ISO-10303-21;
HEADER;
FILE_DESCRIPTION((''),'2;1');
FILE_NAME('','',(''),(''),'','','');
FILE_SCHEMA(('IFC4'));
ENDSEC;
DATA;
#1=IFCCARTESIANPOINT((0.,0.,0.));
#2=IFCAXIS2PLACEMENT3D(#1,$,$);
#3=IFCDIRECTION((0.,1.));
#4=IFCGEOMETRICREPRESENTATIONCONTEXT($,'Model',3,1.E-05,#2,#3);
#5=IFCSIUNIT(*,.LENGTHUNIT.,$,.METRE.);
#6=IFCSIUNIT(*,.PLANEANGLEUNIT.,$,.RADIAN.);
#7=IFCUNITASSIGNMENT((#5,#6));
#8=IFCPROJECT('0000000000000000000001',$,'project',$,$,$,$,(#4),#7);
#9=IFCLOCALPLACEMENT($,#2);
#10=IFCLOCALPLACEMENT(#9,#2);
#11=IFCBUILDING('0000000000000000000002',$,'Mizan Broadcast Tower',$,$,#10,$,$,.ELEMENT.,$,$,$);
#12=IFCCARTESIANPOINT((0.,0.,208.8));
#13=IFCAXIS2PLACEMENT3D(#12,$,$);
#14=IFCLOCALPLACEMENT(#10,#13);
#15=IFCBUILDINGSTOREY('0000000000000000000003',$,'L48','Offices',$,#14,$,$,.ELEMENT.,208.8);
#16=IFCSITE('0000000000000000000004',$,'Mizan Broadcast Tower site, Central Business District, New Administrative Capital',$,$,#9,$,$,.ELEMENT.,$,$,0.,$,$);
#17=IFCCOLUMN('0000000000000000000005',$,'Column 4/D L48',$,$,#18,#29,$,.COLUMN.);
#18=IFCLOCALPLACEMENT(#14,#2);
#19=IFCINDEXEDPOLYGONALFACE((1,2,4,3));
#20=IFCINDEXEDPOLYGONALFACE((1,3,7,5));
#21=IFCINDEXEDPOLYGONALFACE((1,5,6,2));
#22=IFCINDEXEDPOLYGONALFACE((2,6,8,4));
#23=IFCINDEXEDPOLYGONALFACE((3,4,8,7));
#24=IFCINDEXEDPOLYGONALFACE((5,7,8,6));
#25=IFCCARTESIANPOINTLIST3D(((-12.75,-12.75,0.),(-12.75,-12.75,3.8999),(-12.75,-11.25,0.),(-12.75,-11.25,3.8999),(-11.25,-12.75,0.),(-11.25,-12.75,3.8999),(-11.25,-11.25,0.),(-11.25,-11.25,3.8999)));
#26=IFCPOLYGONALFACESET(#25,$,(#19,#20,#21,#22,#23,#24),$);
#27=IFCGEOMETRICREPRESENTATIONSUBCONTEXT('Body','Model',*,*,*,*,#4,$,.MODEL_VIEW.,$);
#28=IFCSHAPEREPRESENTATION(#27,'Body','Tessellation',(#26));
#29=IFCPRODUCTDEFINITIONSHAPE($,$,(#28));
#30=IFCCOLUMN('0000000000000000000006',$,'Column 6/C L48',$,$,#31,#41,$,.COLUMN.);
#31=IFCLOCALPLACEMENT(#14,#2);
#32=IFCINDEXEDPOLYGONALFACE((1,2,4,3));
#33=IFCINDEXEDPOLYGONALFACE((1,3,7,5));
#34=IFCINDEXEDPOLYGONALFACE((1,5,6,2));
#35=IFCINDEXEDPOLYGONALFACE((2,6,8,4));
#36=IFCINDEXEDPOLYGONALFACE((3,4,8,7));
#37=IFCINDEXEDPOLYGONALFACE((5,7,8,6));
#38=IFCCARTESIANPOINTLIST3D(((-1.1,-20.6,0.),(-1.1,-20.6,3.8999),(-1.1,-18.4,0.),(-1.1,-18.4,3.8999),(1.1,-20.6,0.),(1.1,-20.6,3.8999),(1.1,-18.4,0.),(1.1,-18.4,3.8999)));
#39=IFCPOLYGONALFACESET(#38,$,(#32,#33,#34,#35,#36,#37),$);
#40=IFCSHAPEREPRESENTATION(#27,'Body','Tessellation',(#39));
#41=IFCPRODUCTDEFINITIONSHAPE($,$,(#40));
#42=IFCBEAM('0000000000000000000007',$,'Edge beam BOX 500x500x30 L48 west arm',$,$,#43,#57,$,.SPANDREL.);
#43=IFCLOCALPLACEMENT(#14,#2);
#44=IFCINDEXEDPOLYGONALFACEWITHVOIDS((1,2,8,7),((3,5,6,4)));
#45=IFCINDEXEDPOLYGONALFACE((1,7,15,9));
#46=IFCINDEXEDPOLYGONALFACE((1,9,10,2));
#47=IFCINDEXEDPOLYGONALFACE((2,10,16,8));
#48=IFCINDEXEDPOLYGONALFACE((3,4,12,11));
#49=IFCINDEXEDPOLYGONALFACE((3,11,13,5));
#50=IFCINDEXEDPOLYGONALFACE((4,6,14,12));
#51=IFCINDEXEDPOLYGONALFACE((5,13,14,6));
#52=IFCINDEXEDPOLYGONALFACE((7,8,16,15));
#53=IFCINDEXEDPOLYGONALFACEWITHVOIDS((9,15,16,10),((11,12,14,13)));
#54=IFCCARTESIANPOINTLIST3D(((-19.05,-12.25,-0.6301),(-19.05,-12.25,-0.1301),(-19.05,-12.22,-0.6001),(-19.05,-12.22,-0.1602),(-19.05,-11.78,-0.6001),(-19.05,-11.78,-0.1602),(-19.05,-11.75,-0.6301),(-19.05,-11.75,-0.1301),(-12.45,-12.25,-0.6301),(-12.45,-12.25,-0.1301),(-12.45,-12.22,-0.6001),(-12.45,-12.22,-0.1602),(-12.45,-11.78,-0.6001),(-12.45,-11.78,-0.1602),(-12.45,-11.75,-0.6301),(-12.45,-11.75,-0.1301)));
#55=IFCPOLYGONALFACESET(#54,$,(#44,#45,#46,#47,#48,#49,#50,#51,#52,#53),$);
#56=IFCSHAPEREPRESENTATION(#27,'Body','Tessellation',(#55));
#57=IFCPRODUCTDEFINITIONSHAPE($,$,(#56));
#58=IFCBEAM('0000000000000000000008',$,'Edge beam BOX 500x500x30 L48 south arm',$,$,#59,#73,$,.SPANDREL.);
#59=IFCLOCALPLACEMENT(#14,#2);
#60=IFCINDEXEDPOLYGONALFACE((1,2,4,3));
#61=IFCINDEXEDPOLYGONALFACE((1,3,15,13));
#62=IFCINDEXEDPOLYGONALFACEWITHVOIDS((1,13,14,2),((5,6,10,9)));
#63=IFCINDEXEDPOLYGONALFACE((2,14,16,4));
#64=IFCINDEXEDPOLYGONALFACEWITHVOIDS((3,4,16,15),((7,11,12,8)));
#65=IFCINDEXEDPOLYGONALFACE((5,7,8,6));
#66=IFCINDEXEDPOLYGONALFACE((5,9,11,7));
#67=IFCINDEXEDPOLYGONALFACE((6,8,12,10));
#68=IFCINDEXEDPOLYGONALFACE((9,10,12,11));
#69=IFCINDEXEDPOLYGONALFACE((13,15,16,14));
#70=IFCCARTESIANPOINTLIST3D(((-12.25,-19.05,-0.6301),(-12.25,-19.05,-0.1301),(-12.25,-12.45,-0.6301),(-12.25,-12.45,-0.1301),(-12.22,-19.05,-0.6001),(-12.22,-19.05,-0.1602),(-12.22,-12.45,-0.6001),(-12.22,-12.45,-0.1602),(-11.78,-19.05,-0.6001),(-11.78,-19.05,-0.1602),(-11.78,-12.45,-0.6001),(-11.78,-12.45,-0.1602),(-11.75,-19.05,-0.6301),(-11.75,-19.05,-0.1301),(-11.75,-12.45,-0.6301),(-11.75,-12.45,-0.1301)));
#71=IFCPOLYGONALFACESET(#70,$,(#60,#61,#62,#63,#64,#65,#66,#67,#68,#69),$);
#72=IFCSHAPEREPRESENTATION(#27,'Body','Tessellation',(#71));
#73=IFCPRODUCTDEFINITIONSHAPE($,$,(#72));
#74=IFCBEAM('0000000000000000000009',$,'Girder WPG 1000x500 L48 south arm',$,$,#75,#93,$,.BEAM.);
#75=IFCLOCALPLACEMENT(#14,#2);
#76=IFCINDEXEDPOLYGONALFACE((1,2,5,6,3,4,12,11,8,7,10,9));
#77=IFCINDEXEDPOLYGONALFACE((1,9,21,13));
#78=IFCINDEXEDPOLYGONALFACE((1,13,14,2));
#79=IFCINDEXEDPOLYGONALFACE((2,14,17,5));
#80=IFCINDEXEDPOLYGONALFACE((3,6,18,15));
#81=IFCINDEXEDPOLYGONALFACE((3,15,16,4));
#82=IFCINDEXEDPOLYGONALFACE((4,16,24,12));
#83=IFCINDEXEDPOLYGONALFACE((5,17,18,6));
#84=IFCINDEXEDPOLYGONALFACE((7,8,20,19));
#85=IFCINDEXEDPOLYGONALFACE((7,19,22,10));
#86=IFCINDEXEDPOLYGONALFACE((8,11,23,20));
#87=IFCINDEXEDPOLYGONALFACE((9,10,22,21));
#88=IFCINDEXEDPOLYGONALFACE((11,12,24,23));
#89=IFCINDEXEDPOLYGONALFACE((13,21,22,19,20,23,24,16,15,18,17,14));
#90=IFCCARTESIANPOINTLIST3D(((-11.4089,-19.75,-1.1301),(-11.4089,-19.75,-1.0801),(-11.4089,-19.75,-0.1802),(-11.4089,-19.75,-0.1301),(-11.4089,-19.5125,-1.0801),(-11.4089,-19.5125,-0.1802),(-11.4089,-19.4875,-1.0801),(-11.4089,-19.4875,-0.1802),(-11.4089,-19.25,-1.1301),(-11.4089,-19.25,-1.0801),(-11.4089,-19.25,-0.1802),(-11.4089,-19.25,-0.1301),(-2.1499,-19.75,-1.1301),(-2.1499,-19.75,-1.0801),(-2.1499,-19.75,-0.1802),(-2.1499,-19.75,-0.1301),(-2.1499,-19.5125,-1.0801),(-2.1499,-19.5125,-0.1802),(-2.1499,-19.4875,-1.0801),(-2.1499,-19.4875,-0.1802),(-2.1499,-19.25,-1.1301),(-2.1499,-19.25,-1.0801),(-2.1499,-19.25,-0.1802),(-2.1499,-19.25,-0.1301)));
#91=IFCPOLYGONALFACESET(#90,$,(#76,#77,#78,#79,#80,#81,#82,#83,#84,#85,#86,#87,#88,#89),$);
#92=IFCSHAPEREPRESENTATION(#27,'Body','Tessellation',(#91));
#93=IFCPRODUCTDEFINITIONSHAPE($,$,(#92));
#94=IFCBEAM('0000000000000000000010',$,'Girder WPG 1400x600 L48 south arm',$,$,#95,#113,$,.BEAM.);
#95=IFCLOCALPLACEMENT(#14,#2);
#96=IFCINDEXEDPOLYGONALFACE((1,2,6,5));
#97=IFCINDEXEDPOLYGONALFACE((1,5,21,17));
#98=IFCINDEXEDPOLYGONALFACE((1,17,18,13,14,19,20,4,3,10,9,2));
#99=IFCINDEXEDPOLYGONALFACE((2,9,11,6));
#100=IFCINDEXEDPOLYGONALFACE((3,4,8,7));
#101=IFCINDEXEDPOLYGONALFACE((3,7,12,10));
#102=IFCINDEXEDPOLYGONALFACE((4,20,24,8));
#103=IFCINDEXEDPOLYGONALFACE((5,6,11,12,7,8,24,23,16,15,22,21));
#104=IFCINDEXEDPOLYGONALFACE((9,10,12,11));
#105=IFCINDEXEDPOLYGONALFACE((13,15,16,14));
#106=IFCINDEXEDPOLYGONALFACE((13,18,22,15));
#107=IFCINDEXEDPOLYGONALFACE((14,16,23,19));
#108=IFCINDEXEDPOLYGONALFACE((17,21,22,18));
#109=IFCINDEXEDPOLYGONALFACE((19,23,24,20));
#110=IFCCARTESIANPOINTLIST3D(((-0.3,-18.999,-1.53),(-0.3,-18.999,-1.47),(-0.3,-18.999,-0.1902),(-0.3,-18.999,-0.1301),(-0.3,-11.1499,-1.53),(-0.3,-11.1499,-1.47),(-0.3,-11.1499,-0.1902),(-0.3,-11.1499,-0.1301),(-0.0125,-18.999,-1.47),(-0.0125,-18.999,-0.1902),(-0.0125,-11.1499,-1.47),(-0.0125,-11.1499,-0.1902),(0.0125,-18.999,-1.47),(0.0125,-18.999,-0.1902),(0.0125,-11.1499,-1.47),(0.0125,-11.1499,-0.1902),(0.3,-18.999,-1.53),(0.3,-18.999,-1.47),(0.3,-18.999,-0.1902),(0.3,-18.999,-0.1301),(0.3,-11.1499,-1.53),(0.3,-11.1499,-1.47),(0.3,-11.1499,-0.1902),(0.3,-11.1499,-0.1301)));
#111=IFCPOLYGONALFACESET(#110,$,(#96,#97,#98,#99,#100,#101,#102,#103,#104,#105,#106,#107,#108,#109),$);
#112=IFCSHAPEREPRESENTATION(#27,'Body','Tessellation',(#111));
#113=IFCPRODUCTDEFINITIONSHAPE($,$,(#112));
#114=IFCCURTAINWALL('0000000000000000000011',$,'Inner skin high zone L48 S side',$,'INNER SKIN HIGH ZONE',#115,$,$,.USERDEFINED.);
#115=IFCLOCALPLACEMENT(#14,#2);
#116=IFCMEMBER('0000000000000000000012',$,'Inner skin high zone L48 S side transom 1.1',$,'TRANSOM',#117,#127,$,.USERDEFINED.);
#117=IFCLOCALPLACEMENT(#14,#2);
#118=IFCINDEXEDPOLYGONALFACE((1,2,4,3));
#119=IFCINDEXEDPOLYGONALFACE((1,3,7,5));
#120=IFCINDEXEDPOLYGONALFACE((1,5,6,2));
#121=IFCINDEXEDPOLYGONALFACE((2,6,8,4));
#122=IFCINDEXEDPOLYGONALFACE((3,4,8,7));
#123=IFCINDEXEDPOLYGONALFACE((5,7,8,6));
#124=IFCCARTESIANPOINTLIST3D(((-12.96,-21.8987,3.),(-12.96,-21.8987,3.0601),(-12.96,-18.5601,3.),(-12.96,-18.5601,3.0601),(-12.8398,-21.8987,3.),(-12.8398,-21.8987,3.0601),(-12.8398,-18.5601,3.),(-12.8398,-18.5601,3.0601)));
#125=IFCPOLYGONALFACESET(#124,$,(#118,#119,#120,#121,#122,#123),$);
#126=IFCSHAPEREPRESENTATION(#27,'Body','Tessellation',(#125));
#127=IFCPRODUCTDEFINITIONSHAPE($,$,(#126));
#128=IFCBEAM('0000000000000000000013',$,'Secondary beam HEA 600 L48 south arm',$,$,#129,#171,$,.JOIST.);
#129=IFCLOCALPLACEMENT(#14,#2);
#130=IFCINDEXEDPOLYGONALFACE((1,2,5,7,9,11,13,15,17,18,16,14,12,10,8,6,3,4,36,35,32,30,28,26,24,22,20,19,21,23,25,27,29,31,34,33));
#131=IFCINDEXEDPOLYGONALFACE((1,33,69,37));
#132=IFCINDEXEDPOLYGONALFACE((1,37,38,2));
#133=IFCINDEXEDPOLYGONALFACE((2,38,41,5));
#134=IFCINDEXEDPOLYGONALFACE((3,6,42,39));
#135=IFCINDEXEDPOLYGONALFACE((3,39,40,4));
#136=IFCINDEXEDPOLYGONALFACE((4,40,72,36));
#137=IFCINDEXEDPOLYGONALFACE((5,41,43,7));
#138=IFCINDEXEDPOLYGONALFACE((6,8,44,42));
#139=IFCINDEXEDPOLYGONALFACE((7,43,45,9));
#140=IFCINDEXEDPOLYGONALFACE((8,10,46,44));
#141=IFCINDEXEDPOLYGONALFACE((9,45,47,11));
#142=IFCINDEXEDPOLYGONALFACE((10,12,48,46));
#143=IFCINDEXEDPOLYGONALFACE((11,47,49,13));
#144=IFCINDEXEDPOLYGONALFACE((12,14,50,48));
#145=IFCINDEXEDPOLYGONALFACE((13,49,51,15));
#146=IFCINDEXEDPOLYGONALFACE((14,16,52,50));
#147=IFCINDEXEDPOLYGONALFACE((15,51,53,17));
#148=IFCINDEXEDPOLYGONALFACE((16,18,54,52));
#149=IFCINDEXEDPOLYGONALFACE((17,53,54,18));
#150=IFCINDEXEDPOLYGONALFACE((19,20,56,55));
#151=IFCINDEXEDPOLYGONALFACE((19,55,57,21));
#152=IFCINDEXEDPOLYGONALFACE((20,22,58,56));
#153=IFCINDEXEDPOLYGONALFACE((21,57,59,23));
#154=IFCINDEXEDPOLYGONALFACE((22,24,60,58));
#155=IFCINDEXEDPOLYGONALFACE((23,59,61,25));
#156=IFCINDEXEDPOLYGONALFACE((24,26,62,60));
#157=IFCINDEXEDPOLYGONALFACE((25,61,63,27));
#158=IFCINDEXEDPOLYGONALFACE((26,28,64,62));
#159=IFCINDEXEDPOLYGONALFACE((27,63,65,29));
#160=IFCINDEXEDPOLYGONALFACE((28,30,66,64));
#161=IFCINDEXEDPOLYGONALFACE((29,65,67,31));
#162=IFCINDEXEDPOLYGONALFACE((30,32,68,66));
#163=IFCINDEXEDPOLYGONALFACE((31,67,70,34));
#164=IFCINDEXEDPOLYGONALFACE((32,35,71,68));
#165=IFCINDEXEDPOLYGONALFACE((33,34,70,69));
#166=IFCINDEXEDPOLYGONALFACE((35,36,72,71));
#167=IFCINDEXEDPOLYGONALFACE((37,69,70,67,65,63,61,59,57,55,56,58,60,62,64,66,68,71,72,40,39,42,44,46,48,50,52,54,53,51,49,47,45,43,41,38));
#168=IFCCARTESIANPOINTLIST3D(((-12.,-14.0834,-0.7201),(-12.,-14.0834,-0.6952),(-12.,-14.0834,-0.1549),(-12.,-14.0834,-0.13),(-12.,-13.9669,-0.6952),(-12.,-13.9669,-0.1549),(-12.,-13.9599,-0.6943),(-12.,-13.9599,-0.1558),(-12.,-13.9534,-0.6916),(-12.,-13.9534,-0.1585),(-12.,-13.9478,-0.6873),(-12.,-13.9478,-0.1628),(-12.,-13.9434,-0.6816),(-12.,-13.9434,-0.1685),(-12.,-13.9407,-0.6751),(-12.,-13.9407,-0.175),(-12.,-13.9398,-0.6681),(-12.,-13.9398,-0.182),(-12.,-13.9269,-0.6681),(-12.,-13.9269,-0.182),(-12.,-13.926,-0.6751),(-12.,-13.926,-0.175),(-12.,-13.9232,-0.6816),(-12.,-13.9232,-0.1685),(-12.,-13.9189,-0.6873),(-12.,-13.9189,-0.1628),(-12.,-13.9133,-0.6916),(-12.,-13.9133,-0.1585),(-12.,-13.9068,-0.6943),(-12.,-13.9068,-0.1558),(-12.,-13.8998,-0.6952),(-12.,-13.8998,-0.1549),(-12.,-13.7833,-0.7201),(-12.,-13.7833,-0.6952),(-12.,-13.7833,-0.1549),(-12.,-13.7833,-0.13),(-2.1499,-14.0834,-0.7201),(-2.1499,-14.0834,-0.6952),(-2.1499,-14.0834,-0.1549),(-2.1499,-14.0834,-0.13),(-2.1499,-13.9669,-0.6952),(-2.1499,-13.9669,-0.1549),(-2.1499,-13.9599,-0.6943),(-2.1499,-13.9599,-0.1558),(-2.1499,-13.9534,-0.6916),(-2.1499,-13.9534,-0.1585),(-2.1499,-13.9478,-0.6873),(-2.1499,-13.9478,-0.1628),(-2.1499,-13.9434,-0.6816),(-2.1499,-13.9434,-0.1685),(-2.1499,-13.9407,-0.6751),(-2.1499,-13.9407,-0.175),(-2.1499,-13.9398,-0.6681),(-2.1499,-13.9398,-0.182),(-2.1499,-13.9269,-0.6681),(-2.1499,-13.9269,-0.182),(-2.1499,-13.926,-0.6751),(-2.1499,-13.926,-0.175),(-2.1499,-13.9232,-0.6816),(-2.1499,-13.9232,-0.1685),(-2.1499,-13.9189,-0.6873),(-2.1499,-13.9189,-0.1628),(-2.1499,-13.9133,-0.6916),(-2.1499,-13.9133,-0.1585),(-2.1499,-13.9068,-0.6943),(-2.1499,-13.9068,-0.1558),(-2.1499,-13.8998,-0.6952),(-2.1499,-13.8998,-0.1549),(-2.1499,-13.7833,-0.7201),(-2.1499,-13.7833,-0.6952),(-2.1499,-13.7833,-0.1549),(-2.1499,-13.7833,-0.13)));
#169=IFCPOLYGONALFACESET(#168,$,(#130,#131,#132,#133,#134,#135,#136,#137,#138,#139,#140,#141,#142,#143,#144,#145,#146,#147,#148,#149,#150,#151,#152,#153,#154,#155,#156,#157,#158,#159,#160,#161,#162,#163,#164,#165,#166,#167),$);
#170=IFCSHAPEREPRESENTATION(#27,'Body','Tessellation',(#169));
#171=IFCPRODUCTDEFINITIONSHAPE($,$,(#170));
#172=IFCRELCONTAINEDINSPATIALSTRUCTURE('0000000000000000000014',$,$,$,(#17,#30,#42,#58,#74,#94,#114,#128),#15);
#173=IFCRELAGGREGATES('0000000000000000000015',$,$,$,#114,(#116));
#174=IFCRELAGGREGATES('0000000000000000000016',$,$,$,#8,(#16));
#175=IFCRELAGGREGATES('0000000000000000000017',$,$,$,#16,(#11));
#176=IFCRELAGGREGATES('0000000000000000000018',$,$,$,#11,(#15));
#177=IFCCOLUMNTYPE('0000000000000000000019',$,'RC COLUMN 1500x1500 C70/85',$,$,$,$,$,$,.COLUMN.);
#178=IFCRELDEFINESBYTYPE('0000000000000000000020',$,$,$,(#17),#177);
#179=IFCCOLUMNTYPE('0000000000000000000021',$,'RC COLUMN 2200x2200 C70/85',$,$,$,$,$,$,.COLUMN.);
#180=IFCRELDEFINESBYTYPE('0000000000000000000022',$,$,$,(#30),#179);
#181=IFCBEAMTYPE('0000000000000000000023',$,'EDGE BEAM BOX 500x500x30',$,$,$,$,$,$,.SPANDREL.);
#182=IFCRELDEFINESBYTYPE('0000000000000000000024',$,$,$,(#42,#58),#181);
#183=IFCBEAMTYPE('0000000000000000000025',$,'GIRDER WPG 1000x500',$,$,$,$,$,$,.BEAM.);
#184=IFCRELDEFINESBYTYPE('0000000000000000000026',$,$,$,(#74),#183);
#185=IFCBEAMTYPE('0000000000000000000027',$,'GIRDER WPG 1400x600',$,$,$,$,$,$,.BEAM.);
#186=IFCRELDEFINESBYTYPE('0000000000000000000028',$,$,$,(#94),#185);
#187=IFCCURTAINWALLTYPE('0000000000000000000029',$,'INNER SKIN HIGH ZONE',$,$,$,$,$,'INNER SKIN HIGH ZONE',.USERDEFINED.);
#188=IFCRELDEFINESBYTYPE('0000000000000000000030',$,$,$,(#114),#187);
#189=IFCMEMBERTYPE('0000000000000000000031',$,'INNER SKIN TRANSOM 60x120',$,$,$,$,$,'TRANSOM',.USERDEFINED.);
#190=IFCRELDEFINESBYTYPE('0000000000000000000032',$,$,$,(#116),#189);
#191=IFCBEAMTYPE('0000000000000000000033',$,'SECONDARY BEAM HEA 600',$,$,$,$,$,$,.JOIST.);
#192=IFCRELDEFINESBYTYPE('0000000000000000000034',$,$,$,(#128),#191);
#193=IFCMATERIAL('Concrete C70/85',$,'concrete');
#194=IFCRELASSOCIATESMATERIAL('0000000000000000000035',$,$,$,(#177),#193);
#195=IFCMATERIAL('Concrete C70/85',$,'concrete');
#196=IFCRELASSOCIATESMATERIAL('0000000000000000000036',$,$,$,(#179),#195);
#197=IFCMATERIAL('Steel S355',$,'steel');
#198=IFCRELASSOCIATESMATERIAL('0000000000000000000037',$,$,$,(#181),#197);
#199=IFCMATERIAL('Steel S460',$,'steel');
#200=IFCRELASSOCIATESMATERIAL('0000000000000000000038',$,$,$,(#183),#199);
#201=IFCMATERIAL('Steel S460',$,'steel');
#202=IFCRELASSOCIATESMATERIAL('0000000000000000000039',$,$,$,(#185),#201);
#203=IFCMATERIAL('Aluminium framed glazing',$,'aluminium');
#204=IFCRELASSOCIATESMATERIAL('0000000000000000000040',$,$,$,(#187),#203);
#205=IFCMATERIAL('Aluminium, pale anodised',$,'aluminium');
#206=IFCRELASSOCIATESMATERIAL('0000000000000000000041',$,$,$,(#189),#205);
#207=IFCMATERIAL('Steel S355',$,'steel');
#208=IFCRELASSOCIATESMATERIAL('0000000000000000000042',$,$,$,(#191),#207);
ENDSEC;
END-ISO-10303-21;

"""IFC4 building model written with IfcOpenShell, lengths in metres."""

from ifc_helpers import new_model, si_unit, direction, frame, origin, origin_2d, place, context, subcontext, project, spatial, rectangle, hollow_rectangle, i_section, extrude, material, material_profile, profile_set, type_object, element, aggregate, save


model = new_model("IFC4")

# Units and contexts
model_context = context("Model", 3, precision=1e-05, world=origin(), true_north=direction((0.0, 1.0)))
body_context = subcontext(model_context, "Body", "Model", "MODEL_VIEW")
ifc_project = project(units=[si_unit("LENGTHUNIT", "METRE"), si_unit("PLANEANGLEUNIT", "RADIAN")], contexts=[model_context])

# Site, building, storey
site_placement = place(None, origin())
site = spatial("IfcSite", under=ifc_project, at=site_placement, Name="Mizan Broadcast Tower site, Central Business District, New Administrative Capital", CompositionType="ELEMENT", RefElevation=0.0)
building_placement = place(site_placement, origin())
building = spatial("IfcBuilding", under=site, at=building_placement, Name="Mizan Broadcast Tower", CompositionType="ELEMENT")
storey_placement = place(building_placement, frame((0.0, 0.0, 208.8)))
storey = spatial("IfcBuildingStorey", under=building, at=storey_placement, Name="L48", Description="Offices", CompositionType="ELEMENT", Elevation=208.8)

# Columns
ifc_material_1 = material(Name="Concrete C70/85", Category="concrete")
ifc_material_profile_1 = material_profile(ifc_material_1, rectangle(XDim=1.5, YDim=1.5, at=origin_2d()), Name="RC 1500x1500")
ifc_profile_set_1 = profile_set([ifc_material_profile_1], Name="Concrete C70/85")
column_type_1 = type_object("IfcColumnType", Name="RC COLUMN 1500x1500 C70/85", PredefinedType="COLUMN", material=ifc_profile_set_1)
column_1_placement = place(storey_placement, frame((-12.0, -12.0, 0.0), z_axis=(0.0, 0.0, 1.0), x_axis=(1.0, 0.0, 0.0)))
element("IfcColumn", 1, at=column_1_placement, inside=storey, type_object=column_type_1, Name="Column 4/D L48", PredefinedType="COLUMN", context=body_context, shape_type="SweptSolid", body=[
    extrude(rectangle(XDim=1.5, YDim=1.5, at=origin_2d()), origin(), (0.0, 0.0, 1.0), 3.8999),
])
ifc_material_2 = material(Name="Concrete C70/85", Category="concrete")
ifc_material_profile_2 = material_profile(ifc_material_2, rectangle(XDim=2.2, YDim=2.2, at=origin_2d()), Name="RC 2200x2200")
ifc_profile_set_2 = profile_set([ifc_material_profile_2], Name="Concrete C70/85")
column_type_2 = type_object("IfcColumnType", Name="RC COLUMN 2200x2200 C70/85", PredefinedType="COLUMN", material=ifc_profile_set_2)
column_2_placement = place(storey_placement, frame((0.0, -19.5, 0.0), z_axis=(0.0, 0.0, 1.0), x_axis=(1.0, 0.0, 0.0)))
element("IfcColumn", 2, at=column_2_placement, inside=storey, type_object=column_type_2, Name="Column 6/C L48", PredefinedType="COLUMN", context=body_context, shape_type="SweptSolid", body=[
    extrude(rectangle(XDim=2.2, YDim=2.2, at=origin_2d()), origin(), (0.0, 0.0, 1.0), 3.8999),
])

# Beams
ifc_material_3 = material(Name="Steel S355", Category="steel")
ifc_material_profile_3 = material_profile(ifc_material_3, hollow_rectangle(XDim=0.5, YDim=0.5, WallThickness=0.03, at=origin_2d()), Name="BOX 500x500x30")
ifc_profile_set_3 = profile_set([ifc_material_profile_3], Name="Steel S355")
beam_type_1 = type_object("IfcBeamType", Name="EDGE BEAM BOX 500x500x30", PredefinedType="SPANDREL", material=ifc_profile_set_3)
for number, where, z_axis, x_axis, name in (
    (3, (-12.45, -12.0, -0.3801), (-1.0, 0.0, 0.0), (0.0, -1.0, 0.0), "Edge beam BOX 500x500x30 L48 west arm"),
    (4, (-12.0, -12.45, -0.3801), (0.0, -1.0, 0.0), (1.0, 0.0, 0.0), "Edge beam BOX 500x500x30 L48 south arm"),
):
    element("IfcBeam", number, at=place(storey_placement, frame(where, z_axis=z_axis, x_axis=x_axis)), inside=storey, type_object=beam_type_1, Name=name, PredefinedType="SPANDREL", context=body_context, shape_type="SweptSolid", body=[
        extrude(hollow_rectangle(XDim=0.5, YDim=0.5, WallThickness=0.03, at=origin_2d()), origin(), (0.0, 0.0, 1.0), 6.6001),
    ])
ifc_material_4 = material(Name="Steel S460", Category="steel")
ifc_material_profile_4 = material_profile(ifc_material_4, i_section(OverallWidth=0.5, OverallDepth=1.0, WebThickness=0.0249, FlangeThickness=0.05, at=origin_2d()), Name="WPG 1000x500")
ifc_profile_set_4 = profile_set([ifc_material_profile_4], Name="Steel S460")
beam_type_2 = type_object("IfcBeamType", Name="GIRDER WPG 1000x500", PredefinedType="BEAM", material=ifc_profile_set_4)
beam_1_placement = place(storey_placement, frame((-11.4089, -19.5, -0.6301), z_axis=(1.0, 0.0, 0.0), x_axis=(0.0, 1.0, 0.0)))
element("IfcBeam", 5, at=beam_1_placement, inside=storey, type_object=beam_type_2, Name="Girder WPG 1000x500 L48 south arm", PredefinedType="BEAM", context=body_context, shape_type="SweptSolid", body=[
    extrude(i_section(OverallWidth=0.5, OverallDepth=1.0, WebThickness=0.0249, FlangeThickness=0.05, at=origin_2d()), origin(), (0.0, 0.0, 1.0), 9.259),
])
ifc_material_5 = material(Name="Steel S460", Category="steel")
ifc_material_profile_5 = material_profile(ifc_material_5, i_section(OverallWidth=0.6001, OverallDepth=1.3999, WebThickness=0.0249, FlangeThickness=0.0601, at=origin_2d()), Name="WPG 1400x600")
ifc_profile_set_5 = profile_set([ifc_material_profile_5], Name="Steel S460")
beam_type_3 = type_object("IfcBeamType", Name="GIRDER WPG 1400x600", PredefinedType="BEAM", material=ifc_profile_set_5)
beam_2_placement = place(storey_placement, frame((0.0, -11.1499, -0.8301), z_axis=(0.0, -1.0, 0.0), x_axis=(1.0, 0.0, 0.0)))
element("IfcBeam", 6, at=beam_2_placement, inside=storey, type_object=beam_type_3, Name="Girder WPG 1400x600 L48 south arm", PredefinedType="BEAM", context=body_context, shape_type="SweptSolid", body=[
    extrude(i_section(OverallWidth=0.6001, OverallDepth=1.3999, WebThickness=0.0249, FlangeThickness=0.0601, at=origin_2d()), origin(), (0.0, 0.0, 1.0), 7.8491),
])

# Curtain wall, member
ifc_material_6 = material(Name="Aluminium framed glazing", Category="aluminium")
curtain_wall_type = type_object("IfcCurtainWallType", Name="INNER SKIN HIGH ZONE", ElementType="INNER SKIN HIGH ZONE", PredefinedType="USERDEFINED", material=ifc_material_6)
curtain_wall_placement = place(storey_placement, origin())
curtain_wall = element("IfcCurtainWall", 7, at=curtain_wall_placement, inside=storey, type_object=curtain_wall_type, Name="Inner skin high zone L48 S side", ObjectType="INNER SKIN HIGH ZONE", PredefinedType="USERDEFINED")
ifc_material_7 = material(Name="Aluminium, pale anodised", Category="aluminium")
ifc_material_profile_6 = material_profile(ifc_material_7, rectangle(XDim=0.1201, YDim=0.0601, at=origin_2d()), Name="TRANSOM 120x60")
ifc_profile_set_6 = profile_set([ifc_material_profile_6], Name="Aluminium, pale anodised")
member_type = type_object("IfcMemberType", Name="INNER SKIN TRANSOM 60x120", ElementType="TRANSOM", PredefinedType="USERDEFINED", material=ifc_profile_set_6)
member_placement = place(storey_placement, frame((-12.8999, -18.5601, 3.03), z_axis=(0.0, -1.0, 0.0), x_axis=(1.0, 0.0, 0.0)))
member = element("IfcMember", 8, at=member_placement, type_object=member_type, Name="Inner skin high zone L48 S side transom 1.1", ObjectType="TRANSOM", PredefinedType="USERDEFINED", context=body_context, shape_type="SweptSolid", body=[
    extrude(rectangle(XDim=0.1201, YDim=0.0601, at=origin_2d()), origin(), (0.0, 0.0, 1.0), 3.3386),
])
aggregate(curtain_wall, [member])

# Beam
ifc_material_8 = material(Name="Steel S355", Category="steel")
ifc_material_profile_7 = material_profile(ifc_material_8, i_section(OverallWidth=0.3, OverallDepth=0.5901, WebThickness=0.0129, FlangeThickness=0.0249, FilletRadius=0.0271, at=origin_2d()), Name="HEA 600")
ifc_profile_set_7 = profile_set([ifc_material_profile_7], Name="Steel S355")
beam_type_4 = type_object("IfcBeamType", Name="SECONDARY BEAM HEA 600", PredefinedType="JOIST", material=ifc_profile_set_7)
for number, where, z_axis, x_axis, name in (
    (9, (-12.0, -13.9333, -0.425), (1.0, 0.0, 0.0), (0.0, 1.0, 0.0), "Secondary beam HEA 600 L48 south arm"),
):
    element("IfcBeam", number, at=place(storey_placement, frame(where, z_axis=z_axis, x_axis=x_axis)), inside=storey, type_object=beam_type_4, Name=name, PredefinedType="JOIST", context=body_context, shape_type="SweptSolid", body=[
        extrude(i_section(OverallWidth=0.3, OverallDepth=0.5901, WebThickness=0.0129, FlangeThickness=0.0249, FilletRadius=0.0271, at=origin_2d()), origin(), (0.0, 0.0, 1.0), 9.8501),
    ])

save(model, "model.ifc")
